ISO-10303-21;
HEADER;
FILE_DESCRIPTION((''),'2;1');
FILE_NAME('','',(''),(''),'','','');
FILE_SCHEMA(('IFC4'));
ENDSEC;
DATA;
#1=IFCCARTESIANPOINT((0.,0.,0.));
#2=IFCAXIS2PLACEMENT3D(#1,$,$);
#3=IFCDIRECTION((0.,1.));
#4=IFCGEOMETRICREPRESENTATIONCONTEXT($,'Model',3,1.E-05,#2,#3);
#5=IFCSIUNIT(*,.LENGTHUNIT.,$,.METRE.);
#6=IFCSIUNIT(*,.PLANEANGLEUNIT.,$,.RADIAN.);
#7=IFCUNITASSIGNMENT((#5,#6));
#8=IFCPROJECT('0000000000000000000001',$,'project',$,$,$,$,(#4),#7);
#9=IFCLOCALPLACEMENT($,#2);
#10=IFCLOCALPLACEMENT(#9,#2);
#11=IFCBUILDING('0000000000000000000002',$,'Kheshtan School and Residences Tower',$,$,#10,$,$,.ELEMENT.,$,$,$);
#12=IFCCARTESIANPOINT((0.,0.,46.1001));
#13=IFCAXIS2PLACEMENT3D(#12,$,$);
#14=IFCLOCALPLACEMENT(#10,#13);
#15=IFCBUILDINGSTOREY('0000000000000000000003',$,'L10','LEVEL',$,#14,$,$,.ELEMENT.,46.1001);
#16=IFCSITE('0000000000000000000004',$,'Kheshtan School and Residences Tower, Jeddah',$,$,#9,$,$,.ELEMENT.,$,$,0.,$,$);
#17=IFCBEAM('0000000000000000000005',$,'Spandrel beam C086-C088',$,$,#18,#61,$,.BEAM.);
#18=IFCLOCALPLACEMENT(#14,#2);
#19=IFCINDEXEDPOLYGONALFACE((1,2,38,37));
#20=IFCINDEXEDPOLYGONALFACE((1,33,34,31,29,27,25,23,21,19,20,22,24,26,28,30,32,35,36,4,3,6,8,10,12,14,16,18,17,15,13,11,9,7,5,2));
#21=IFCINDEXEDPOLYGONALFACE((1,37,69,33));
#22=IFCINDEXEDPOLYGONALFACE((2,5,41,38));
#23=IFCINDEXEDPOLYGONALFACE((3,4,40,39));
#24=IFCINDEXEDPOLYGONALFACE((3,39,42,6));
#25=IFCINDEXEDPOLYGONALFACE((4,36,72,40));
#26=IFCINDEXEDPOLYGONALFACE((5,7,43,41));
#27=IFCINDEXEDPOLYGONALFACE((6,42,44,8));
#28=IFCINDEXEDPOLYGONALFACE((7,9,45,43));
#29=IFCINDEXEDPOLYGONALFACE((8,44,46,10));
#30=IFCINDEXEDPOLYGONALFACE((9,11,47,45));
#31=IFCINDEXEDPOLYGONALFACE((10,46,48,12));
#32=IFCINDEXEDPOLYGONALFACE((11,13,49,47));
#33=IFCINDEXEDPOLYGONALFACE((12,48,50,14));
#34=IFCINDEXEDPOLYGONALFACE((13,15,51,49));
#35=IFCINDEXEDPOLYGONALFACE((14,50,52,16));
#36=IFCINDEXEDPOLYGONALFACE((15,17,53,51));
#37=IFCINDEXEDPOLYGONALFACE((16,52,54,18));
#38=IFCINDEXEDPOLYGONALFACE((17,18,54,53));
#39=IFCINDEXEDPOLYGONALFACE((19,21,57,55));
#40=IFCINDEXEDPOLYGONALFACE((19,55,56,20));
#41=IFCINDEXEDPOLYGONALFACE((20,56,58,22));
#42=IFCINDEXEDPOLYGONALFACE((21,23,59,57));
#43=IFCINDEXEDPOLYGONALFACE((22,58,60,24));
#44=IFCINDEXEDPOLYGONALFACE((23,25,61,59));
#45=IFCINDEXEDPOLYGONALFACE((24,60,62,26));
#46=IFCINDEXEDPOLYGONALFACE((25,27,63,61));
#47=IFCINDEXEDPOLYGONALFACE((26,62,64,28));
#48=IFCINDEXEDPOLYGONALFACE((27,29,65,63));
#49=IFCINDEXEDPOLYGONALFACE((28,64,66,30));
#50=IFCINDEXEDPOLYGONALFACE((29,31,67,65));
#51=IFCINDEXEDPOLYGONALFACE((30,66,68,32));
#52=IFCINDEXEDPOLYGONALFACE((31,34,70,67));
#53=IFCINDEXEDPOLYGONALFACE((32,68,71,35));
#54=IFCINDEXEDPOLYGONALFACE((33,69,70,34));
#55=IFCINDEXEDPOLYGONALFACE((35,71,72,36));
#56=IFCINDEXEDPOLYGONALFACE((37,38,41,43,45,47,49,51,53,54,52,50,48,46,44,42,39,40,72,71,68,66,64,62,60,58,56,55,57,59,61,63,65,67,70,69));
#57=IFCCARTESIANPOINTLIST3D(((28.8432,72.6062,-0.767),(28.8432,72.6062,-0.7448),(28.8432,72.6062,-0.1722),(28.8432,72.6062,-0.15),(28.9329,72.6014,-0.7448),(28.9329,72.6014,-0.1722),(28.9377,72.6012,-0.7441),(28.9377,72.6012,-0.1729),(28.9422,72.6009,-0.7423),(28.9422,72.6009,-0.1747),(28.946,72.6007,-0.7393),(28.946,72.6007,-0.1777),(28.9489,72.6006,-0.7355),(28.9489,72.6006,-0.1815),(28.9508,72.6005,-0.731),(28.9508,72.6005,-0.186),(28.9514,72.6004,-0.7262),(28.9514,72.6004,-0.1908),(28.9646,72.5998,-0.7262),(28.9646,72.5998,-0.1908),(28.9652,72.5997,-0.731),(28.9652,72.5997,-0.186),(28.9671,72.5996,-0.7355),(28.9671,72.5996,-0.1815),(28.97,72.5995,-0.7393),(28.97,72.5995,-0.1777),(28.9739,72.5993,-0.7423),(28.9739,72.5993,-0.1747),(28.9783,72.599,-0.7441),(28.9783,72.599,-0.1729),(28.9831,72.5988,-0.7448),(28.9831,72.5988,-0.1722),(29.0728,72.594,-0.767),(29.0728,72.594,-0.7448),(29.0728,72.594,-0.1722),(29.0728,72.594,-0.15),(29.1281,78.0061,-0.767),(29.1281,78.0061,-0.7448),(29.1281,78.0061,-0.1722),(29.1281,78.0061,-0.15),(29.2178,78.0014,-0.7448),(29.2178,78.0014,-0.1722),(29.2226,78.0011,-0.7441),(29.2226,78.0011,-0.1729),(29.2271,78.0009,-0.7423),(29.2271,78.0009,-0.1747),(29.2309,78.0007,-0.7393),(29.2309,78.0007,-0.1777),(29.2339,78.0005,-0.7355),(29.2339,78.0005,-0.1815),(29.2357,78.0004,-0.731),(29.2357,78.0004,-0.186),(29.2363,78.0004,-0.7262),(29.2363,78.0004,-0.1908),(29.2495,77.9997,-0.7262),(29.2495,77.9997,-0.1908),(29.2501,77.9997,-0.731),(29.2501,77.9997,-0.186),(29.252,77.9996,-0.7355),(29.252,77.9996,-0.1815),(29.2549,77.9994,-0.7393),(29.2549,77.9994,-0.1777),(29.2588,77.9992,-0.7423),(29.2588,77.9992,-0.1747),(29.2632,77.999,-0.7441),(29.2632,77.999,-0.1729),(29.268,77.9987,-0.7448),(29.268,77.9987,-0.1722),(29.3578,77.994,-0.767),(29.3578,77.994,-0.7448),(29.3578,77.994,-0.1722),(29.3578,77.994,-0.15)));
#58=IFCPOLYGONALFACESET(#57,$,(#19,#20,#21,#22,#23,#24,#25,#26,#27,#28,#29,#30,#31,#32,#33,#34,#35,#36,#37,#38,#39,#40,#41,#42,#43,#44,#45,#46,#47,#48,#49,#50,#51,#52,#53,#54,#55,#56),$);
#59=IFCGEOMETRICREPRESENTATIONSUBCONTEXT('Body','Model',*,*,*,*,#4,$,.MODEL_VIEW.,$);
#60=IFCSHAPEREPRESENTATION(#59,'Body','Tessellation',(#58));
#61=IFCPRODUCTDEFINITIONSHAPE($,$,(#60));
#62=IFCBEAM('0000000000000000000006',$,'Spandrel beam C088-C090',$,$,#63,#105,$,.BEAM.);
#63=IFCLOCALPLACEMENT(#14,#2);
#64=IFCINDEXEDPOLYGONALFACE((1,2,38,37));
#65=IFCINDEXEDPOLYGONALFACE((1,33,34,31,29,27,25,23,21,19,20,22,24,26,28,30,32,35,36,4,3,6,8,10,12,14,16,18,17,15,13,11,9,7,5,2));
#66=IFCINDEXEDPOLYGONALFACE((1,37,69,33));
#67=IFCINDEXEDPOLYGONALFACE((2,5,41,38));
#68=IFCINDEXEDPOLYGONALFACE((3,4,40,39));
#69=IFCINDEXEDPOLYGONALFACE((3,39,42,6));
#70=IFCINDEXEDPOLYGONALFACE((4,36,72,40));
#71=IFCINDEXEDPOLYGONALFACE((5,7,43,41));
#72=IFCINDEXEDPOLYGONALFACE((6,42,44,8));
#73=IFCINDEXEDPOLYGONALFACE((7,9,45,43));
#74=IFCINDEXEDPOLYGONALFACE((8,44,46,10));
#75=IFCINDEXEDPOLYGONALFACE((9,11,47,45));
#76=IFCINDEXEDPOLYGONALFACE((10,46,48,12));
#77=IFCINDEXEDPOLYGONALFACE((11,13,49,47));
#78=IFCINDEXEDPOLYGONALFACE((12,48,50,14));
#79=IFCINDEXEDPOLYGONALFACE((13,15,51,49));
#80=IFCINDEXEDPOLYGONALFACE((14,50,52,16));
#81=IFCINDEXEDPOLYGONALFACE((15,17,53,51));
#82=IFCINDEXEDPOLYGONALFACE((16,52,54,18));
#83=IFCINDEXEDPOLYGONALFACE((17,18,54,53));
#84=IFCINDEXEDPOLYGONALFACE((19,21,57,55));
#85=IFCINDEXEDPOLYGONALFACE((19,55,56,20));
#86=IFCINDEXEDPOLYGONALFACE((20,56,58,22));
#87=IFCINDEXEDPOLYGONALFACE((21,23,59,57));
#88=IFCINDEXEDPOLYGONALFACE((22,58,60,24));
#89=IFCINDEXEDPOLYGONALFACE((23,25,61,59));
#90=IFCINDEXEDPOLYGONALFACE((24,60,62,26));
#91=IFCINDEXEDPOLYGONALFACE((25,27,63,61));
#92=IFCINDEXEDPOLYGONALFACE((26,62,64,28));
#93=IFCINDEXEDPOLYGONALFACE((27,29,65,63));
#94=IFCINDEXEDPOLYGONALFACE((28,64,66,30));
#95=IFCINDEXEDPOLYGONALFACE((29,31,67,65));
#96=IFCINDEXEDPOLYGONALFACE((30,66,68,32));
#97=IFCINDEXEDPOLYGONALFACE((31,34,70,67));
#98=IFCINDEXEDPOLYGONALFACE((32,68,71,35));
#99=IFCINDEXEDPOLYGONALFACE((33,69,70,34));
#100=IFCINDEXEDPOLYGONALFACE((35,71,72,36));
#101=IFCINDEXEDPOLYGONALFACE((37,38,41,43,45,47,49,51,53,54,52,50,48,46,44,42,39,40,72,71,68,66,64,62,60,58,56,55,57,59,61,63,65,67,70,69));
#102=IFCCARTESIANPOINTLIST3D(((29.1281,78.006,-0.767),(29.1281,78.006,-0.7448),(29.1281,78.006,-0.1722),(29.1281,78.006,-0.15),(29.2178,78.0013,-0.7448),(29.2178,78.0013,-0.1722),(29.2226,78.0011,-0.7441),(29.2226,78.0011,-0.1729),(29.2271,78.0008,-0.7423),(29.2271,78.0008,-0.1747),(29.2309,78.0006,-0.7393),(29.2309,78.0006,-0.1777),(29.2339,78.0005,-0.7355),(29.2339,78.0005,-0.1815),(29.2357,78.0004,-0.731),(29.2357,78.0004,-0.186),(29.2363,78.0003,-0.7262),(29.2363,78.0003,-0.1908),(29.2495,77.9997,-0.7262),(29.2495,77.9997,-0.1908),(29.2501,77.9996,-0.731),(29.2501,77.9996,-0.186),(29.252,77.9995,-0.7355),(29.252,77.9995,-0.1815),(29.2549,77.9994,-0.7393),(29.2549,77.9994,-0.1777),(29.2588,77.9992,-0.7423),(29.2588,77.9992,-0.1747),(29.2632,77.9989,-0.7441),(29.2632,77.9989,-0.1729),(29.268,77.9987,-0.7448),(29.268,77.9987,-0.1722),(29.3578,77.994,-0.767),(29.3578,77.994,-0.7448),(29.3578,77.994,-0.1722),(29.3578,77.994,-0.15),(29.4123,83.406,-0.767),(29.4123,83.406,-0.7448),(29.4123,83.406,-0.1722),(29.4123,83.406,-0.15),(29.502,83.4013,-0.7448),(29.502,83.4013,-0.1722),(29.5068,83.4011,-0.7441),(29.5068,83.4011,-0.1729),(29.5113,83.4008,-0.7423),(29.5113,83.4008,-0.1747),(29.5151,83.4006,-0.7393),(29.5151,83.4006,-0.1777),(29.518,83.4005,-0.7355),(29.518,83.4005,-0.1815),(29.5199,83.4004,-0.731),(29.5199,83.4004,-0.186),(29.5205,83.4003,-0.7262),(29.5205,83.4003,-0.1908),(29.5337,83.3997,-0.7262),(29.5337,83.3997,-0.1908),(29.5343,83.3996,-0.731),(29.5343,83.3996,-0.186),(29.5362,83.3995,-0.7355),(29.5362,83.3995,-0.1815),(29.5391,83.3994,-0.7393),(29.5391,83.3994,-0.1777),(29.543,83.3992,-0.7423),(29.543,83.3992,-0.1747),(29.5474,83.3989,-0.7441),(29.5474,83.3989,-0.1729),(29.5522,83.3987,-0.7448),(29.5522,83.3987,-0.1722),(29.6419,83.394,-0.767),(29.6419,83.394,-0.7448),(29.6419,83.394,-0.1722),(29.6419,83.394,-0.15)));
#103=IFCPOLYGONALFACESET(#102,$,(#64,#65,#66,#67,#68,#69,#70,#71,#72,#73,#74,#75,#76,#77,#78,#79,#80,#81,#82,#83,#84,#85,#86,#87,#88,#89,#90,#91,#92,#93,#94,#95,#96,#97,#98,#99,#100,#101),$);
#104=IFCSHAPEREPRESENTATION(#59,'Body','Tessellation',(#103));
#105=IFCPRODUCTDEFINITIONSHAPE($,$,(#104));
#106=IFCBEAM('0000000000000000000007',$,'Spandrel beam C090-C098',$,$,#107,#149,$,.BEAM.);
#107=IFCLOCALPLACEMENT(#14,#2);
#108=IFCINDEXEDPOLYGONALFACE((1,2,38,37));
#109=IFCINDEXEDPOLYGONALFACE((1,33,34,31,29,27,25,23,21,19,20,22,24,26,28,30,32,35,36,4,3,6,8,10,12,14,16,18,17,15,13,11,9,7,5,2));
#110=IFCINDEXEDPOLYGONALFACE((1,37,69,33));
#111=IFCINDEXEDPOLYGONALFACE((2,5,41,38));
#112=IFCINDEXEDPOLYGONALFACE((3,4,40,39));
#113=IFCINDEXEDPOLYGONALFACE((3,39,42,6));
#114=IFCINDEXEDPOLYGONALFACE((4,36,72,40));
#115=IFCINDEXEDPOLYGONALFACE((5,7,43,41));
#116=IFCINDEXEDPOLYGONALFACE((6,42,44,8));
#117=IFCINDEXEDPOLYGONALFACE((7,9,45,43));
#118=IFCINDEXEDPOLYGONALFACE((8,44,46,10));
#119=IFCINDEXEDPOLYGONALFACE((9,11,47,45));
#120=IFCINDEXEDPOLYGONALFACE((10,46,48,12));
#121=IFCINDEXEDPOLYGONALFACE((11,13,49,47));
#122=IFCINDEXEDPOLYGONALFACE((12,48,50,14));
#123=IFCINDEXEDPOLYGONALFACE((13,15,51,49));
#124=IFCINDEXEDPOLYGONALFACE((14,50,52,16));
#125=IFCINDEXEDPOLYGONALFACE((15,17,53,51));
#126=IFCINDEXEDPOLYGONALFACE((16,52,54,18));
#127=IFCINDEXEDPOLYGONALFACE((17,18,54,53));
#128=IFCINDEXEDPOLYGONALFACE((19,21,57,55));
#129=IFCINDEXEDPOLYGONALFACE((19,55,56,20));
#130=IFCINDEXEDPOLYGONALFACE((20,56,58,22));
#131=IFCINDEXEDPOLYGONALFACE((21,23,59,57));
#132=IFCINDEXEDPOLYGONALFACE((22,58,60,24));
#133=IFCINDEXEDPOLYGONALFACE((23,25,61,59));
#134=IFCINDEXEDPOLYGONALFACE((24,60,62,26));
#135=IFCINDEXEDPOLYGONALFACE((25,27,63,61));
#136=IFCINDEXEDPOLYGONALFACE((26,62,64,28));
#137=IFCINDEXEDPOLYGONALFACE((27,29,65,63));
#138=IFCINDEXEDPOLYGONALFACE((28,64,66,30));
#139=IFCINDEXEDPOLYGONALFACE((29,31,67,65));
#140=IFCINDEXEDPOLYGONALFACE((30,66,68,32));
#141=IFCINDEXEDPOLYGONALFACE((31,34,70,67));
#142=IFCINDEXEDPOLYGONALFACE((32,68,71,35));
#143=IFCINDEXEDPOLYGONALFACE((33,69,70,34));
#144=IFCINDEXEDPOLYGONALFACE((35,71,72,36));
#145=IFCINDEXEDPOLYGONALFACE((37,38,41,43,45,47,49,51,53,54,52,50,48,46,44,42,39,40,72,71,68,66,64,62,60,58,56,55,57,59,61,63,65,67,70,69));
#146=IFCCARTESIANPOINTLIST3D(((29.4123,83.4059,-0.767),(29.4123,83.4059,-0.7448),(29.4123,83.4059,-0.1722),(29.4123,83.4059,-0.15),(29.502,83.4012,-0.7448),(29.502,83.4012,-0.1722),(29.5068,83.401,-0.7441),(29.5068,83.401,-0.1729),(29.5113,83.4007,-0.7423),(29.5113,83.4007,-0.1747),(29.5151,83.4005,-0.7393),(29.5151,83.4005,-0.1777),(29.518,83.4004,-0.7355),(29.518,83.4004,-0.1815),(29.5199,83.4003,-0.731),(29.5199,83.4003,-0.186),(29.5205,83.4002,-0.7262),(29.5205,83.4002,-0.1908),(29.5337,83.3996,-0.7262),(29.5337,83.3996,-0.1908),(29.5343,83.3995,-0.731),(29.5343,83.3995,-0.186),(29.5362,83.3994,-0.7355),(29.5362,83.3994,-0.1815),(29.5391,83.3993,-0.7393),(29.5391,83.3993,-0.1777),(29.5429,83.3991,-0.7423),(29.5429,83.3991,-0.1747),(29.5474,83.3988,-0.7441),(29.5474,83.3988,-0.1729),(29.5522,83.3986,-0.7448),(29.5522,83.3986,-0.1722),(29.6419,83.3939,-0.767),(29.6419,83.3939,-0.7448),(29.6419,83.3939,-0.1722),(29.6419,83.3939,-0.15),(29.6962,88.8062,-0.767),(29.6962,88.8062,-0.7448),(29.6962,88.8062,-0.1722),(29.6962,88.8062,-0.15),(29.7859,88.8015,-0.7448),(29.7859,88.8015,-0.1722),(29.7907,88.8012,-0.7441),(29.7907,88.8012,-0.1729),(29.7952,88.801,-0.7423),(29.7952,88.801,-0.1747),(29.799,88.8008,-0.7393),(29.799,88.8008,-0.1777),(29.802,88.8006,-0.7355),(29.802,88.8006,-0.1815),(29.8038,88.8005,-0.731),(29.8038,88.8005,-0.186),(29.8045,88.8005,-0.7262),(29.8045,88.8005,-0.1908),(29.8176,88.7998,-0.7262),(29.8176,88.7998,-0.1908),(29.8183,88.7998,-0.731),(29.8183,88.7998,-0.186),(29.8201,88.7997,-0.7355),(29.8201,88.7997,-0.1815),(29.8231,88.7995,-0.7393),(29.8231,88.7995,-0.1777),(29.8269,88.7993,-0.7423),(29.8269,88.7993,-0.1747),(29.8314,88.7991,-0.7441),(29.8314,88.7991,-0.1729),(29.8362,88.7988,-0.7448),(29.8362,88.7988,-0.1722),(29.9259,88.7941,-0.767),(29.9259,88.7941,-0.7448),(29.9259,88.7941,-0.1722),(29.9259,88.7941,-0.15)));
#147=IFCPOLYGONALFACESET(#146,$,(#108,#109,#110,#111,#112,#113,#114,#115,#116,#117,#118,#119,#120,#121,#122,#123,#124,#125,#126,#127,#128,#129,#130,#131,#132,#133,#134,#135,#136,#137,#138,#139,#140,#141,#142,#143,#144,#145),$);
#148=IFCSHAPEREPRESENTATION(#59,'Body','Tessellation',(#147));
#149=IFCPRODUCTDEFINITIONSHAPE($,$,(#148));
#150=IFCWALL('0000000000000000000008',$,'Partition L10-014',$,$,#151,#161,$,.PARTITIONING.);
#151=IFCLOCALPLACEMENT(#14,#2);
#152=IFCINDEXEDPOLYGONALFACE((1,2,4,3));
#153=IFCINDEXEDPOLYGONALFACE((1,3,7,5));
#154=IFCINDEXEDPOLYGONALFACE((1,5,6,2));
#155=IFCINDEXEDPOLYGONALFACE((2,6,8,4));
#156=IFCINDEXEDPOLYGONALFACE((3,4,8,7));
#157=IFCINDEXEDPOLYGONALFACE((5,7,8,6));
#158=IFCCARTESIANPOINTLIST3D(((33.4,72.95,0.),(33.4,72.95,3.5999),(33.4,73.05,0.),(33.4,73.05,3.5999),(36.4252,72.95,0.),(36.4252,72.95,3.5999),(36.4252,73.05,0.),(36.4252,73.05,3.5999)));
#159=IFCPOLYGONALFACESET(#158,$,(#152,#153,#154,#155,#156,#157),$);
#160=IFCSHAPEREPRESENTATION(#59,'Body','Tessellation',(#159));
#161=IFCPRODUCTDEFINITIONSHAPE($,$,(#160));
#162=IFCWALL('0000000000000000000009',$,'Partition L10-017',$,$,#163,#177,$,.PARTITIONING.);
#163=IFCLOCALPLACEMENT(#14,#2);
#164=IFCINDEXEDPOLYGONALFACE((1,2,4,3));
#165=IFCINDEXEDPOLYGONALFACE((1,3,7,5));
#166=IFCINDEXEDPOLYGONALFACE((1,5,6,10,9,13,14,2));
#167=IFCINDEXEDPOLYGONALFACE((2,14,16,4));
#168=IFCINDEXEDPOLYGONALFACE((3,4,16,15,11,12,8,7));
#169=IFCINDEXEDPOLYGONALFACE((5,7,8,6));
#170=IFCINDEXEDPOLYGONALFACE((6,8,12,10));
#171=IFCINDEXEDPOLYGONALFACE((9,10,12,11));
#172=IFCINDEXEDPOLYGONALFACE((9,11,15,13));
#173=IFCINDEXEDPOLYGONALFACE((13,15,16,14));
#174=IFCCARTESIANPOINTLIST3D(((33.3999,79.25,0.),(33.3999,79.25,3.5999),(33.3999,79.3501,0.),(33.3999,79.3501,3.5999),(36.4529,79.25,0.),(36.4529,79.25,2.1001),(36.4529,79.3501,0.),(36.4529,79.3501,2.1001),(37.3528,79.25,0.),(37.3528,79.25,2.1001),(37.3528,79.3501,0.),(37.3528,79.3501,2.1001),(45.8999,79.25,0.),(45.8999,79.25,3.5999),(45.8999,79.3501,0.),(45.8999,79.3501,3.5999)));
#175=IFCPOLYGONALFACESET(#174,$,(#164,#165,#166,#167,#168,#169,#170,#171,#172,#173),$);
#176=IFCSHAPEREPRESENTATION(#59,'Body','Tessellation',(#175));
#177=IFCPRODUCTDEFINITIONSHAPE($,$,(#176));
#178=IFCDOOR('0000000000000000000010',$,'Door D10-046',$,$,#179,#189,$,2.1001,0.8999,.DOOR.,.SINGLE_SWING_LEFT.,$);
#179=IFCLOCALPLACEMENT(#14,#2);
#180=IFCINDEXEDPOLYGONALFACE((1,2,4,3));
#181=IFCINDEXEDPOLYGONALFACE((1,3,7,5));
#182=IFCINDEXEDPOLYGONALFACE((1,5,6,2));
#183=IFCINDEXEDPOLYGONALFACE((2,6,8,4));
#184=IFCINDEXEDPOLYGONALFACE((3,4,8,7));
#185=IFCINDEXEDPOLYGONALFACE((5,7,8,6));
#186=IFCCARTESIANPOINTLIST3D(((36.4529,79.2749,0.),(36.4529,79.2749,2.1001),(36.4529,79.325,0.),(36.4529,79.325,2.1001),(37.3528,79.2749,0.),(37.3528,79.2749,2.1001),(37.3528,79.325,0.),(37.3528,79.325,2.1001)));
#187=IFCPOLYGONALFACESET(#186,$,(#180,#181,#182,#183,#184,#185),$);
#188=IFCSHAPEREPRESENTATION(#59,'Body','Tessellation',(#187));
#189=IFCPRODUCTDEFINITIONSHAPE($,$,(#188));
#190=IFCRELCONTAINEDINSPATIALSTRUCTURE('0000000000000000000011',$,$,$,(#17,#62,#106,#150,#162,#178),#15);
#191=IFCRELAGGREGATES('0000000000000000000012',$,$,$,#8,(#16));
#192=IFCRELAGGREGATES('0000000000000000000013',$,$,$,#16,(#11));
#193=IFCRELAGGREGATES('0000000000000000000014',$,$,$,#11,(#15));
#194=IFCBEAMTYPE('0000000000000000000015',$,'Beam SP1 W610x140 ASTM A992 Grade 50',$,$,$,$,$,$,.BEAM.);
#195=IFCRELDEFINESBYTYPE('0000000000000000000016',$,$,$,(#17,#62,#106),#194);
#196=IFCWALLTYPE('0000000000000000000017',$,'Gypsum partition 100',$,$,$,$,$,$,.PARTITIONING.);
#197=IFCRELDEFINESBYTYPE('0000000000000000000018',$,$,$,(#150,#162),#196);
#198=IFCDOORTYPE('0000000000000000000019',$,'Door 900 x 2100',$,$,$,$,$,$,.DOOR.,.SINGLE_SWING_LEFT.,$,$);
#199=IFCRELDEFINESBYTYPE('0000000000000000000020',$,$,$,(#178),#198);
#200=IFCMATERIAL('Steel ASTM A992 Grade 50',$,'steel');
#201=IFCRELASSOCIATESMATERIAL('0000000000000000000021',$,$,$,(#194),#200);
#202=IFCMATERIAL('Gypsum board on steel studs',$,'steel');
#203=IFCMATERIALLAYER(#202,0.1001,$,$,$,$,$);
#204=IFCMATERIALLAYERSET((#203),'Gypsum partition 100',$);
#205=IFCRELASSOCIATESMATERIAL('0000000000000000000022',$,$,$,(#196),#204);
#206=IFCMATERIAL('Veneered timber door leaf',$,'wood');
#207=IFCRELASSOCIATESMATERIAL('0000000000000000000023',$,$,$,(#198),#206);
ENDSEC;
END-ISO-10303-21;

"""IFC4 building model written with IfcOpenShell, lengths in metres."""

from ifc_helpers import new_model, si_unit, direction, frame, frame_2d, origin, origin_2d, place, context, subcontext, project, spatial, rectangle, i_section, extrude, source, transform, mapped, material, layer, layer_set, material_profile, profile_set, type_object, element, fill, save


model = new_model("IFC4")

# Units and contexts
model_context = context("Model", 3, precision=1e-05, world=origin(), true_north=direction((0.0, 1.0)))
body_context = subcontext(model_context, "Body", "Model", "MODEL_VIEW")
ifc_project = project(units=[si_unit("LENGTHUNIT", "METRE"), si_unit("PLANEANGLEUNIT", "RADIAN")], contexts=[model_context])

# Site, building, storey
site_placement = place(None, origin())
site = spatial("IfcSite", under=ifc_project, at=site_placement, Name="Kheshtan School and Residences Tower, Jeddah", CompositionType="ELEMENT", RefElevation=0.0)
building_placement = place(site_placement, origin())
building = spatial("IfcBuilding", under=site, at=building_placement, Name="Kheshtan School and Residences Tower", CompositionType="ELEMENT")
storey_placement = place(building_placement, frame((0.0, 0.0, 46.1001)))
storey = spatial("IfcBuildingStorey", under=building, at=storey_placement, Name="L10", Description="LEVEL", CompositionType="ELEMENT", Elevation=46.1001)

# Shared definitions
ifc_material_1 = material(Name="Steel ASTM A992 Grade 50", Category="steel")

# Beams
ifc_material_profile_1 = material_profile(ifc_material_1, i_section(OverallWidth=0.23, OverallDepth=0.6169, WebThickness=0.0132, FlangeThickness=0.0222, FilletRadius=0.0186, at=origin_2d()), Name="W610x140")
ifc_profile_set_1 = profile_set([ifc_material_profile_1], Name="Steel ASTM A992 Grade 50")
beam_type_1 = type_object("IfcBeamType", Name="Beam SP1 W610x140 ASTM A992 Grade 50", PredefinedType="BEAM", material=ifc_profile_set_1)
for number, where, z_axis, x_axis, name in (
    (1, (28.958, 72.6001, -0.4585), (0.052689, 0.998611, 0.0), (-0.998611, 0.052689, 0.0), "Spandrel beam C086-C088"),
    (2, (29.2429, 78.0, -0.4585), (0.052554, 0.998618, 0.0), (-0.998618, 0.052554, 0.0), "Spandrel beam C088-C090"),
):
    element("IfcBeam", number, at=place(storey_placement, frame(where, z_axis=z_axis, x_axis=x_axis)), inside=storey, type_object=beam_type_1, Name=name, PredefinedType="BEAM", context=body_context, shape_type="SweptSolid", body=[
        extrude(i_section(OverallWidth=0.23, OverallDepth=0.6169, WebThickness=0.0132, FlangeThickness=0.0222, FilletRadius=0.0186, at=origin_2d()), origin(), (0.0, 0.0, 1.0), 5.4075),
    ])
beam_1_placement = place(storey_placement, frame((29.5271, 83.3999, -0.4585), z_axis=(0.052507, 0.998621, 0.0), x_axis=(-0.998621, 0.052507, 0.0)))
element("IfcBeam", 3, at=beam_1_placement, inside=storey, type_object=beam_type_1, Name="Spandrel beam C090-C098", PredefinedType="BEAM", context=body_context, shape_type="SweptSolid", body=[
    extrude(i_section(OverallWidth=0.23, OverallDepth=0.6169, WebThickness=0.0132, FlangeThickness=0.0222, FilletRadius=0.0186, at=origin_2d()), origin(), (0.0, 0.0, 1.0), 5.4077),
])

# Wall
ifc_material_2 = material(Name="Gypsum board on steel studs", Category="steel")
ifc_layer_1 = layer(ifc_material_2, 0.1001)
ifc_layer_set_1 = layer_set([ifc_layer_1], Name="Gypsum partition 100")
wall_type_1 = type_object("IfcWallType", Name="Gypsum partition 100", PredefinedType="PARTITIONING", material=ifc_layer_set_1)
wall_1_placement = place(storey_placement, frame((33.3999, 73.0, 0.0), z_axis=(0.0, 0.0, 1.0), x_axis=(1.0, 0.0, 0.0)))
element("IfcWall", 4, at=wall_1_placement, inside=storey, type_object=wall_type_1, Name="Partition L10-014", PredefinedType="PARTITIONING", context=body_context, shape_type="SweptSolid", body=[
    extrude(rectangle(XDim=3.0251, YDim=0.1001, at=frame_2d((1.5127, 0.0))), origin(), (0.0, 0.0, 1.0), 3.5999),
])

# Wall, opening, door
wall_2_placement = place(storey_placement, frame((33.3999, 79.3, 0.0), z_axis=(0.0, 0.0, 1.0), x_axis=(1.0, 0.0, 0.0)))
wall_2 = element("IfcWall", 5, at=wall_2_placement, inside=storey, type_object=wall_type_1, Name="Partition L10-017", PredefinedType="PARTITIONING", context=body_context, shape_type="SweptSolid", body=[
    extrude(rectangle(XDim=12.5, YDim=0.1001, at=frame_2d((6.25, 0.0))), origin(), (0.0, 0.0, 1.0), 3.5999),
])
opening_1_placement = place(wall_2_placement, frame((3.053, 0.0, 0.0)))
opening_1 = element("IfcOpeningElement", 6, at=opening_1_placement, cuts=wall_2, PredefinedType="OPENING", context=body_context, shape_type="SweptSolid", body=[
    extrude(rectangle(XDim=0.8999, YDim=2.1001, at=frame_2d((0.45, 1.05))), frame((0.0, 0.0601, 0.0), z_axis=(0.0, -1.0, 0.0), x_axis=(1.0, 0.0, 0.0)), (0.0, 0.0, 1.0), 0.1201),
])
ifc_material_3 = material(Name="Veneered timber door leaf", Category="wood")
door_type_1 = type_object("IfcDoorType", Name="Door 900 x 2100", OperationType="SINGLE_SWING_LEFT", PredefinedType="DOOR", material=ifc_material_3)
shared_shape_1 = source(origin(), body_context, "Body", "SweptSolid", [
    extrude(rectangle(XDim=0.8999, YDim=2.1001, at=frame_2d((0.45, 1.05))), frame((0.0, 0.0249, 0.0), z_axis=(0.0, -1.0, 0.0), x_axis=(1.0, 0.0, 0.0)), (0.0, 0.0, 1.0), 0.05),
])
door_1_placement = place(opening_1_placement, origin())
door_1 = element("IfcDoor", 7, at=door_1_placement, inside=storey, type_object=door_type_1, Name="Door D10-046", OperationType="SINGLE_SWING_LEFT", OverallHeight=2.1001, OverallWidth=0.8999, PredefinedType="DOOR", context=body_context, shape_type="MappedRepresentation", body=[
    mapped(shared_shape_1, transform((0.0, 0.0, 0.0), x_axis=(1.0, 0.0, 0.0), y_axis=(0.0, 1.0, 0.0), z_axis=(0.0, 0.0, 1.0), scale=1.0)),
])
fill(opening_1, door_1)

save(model, "model.ifc")
